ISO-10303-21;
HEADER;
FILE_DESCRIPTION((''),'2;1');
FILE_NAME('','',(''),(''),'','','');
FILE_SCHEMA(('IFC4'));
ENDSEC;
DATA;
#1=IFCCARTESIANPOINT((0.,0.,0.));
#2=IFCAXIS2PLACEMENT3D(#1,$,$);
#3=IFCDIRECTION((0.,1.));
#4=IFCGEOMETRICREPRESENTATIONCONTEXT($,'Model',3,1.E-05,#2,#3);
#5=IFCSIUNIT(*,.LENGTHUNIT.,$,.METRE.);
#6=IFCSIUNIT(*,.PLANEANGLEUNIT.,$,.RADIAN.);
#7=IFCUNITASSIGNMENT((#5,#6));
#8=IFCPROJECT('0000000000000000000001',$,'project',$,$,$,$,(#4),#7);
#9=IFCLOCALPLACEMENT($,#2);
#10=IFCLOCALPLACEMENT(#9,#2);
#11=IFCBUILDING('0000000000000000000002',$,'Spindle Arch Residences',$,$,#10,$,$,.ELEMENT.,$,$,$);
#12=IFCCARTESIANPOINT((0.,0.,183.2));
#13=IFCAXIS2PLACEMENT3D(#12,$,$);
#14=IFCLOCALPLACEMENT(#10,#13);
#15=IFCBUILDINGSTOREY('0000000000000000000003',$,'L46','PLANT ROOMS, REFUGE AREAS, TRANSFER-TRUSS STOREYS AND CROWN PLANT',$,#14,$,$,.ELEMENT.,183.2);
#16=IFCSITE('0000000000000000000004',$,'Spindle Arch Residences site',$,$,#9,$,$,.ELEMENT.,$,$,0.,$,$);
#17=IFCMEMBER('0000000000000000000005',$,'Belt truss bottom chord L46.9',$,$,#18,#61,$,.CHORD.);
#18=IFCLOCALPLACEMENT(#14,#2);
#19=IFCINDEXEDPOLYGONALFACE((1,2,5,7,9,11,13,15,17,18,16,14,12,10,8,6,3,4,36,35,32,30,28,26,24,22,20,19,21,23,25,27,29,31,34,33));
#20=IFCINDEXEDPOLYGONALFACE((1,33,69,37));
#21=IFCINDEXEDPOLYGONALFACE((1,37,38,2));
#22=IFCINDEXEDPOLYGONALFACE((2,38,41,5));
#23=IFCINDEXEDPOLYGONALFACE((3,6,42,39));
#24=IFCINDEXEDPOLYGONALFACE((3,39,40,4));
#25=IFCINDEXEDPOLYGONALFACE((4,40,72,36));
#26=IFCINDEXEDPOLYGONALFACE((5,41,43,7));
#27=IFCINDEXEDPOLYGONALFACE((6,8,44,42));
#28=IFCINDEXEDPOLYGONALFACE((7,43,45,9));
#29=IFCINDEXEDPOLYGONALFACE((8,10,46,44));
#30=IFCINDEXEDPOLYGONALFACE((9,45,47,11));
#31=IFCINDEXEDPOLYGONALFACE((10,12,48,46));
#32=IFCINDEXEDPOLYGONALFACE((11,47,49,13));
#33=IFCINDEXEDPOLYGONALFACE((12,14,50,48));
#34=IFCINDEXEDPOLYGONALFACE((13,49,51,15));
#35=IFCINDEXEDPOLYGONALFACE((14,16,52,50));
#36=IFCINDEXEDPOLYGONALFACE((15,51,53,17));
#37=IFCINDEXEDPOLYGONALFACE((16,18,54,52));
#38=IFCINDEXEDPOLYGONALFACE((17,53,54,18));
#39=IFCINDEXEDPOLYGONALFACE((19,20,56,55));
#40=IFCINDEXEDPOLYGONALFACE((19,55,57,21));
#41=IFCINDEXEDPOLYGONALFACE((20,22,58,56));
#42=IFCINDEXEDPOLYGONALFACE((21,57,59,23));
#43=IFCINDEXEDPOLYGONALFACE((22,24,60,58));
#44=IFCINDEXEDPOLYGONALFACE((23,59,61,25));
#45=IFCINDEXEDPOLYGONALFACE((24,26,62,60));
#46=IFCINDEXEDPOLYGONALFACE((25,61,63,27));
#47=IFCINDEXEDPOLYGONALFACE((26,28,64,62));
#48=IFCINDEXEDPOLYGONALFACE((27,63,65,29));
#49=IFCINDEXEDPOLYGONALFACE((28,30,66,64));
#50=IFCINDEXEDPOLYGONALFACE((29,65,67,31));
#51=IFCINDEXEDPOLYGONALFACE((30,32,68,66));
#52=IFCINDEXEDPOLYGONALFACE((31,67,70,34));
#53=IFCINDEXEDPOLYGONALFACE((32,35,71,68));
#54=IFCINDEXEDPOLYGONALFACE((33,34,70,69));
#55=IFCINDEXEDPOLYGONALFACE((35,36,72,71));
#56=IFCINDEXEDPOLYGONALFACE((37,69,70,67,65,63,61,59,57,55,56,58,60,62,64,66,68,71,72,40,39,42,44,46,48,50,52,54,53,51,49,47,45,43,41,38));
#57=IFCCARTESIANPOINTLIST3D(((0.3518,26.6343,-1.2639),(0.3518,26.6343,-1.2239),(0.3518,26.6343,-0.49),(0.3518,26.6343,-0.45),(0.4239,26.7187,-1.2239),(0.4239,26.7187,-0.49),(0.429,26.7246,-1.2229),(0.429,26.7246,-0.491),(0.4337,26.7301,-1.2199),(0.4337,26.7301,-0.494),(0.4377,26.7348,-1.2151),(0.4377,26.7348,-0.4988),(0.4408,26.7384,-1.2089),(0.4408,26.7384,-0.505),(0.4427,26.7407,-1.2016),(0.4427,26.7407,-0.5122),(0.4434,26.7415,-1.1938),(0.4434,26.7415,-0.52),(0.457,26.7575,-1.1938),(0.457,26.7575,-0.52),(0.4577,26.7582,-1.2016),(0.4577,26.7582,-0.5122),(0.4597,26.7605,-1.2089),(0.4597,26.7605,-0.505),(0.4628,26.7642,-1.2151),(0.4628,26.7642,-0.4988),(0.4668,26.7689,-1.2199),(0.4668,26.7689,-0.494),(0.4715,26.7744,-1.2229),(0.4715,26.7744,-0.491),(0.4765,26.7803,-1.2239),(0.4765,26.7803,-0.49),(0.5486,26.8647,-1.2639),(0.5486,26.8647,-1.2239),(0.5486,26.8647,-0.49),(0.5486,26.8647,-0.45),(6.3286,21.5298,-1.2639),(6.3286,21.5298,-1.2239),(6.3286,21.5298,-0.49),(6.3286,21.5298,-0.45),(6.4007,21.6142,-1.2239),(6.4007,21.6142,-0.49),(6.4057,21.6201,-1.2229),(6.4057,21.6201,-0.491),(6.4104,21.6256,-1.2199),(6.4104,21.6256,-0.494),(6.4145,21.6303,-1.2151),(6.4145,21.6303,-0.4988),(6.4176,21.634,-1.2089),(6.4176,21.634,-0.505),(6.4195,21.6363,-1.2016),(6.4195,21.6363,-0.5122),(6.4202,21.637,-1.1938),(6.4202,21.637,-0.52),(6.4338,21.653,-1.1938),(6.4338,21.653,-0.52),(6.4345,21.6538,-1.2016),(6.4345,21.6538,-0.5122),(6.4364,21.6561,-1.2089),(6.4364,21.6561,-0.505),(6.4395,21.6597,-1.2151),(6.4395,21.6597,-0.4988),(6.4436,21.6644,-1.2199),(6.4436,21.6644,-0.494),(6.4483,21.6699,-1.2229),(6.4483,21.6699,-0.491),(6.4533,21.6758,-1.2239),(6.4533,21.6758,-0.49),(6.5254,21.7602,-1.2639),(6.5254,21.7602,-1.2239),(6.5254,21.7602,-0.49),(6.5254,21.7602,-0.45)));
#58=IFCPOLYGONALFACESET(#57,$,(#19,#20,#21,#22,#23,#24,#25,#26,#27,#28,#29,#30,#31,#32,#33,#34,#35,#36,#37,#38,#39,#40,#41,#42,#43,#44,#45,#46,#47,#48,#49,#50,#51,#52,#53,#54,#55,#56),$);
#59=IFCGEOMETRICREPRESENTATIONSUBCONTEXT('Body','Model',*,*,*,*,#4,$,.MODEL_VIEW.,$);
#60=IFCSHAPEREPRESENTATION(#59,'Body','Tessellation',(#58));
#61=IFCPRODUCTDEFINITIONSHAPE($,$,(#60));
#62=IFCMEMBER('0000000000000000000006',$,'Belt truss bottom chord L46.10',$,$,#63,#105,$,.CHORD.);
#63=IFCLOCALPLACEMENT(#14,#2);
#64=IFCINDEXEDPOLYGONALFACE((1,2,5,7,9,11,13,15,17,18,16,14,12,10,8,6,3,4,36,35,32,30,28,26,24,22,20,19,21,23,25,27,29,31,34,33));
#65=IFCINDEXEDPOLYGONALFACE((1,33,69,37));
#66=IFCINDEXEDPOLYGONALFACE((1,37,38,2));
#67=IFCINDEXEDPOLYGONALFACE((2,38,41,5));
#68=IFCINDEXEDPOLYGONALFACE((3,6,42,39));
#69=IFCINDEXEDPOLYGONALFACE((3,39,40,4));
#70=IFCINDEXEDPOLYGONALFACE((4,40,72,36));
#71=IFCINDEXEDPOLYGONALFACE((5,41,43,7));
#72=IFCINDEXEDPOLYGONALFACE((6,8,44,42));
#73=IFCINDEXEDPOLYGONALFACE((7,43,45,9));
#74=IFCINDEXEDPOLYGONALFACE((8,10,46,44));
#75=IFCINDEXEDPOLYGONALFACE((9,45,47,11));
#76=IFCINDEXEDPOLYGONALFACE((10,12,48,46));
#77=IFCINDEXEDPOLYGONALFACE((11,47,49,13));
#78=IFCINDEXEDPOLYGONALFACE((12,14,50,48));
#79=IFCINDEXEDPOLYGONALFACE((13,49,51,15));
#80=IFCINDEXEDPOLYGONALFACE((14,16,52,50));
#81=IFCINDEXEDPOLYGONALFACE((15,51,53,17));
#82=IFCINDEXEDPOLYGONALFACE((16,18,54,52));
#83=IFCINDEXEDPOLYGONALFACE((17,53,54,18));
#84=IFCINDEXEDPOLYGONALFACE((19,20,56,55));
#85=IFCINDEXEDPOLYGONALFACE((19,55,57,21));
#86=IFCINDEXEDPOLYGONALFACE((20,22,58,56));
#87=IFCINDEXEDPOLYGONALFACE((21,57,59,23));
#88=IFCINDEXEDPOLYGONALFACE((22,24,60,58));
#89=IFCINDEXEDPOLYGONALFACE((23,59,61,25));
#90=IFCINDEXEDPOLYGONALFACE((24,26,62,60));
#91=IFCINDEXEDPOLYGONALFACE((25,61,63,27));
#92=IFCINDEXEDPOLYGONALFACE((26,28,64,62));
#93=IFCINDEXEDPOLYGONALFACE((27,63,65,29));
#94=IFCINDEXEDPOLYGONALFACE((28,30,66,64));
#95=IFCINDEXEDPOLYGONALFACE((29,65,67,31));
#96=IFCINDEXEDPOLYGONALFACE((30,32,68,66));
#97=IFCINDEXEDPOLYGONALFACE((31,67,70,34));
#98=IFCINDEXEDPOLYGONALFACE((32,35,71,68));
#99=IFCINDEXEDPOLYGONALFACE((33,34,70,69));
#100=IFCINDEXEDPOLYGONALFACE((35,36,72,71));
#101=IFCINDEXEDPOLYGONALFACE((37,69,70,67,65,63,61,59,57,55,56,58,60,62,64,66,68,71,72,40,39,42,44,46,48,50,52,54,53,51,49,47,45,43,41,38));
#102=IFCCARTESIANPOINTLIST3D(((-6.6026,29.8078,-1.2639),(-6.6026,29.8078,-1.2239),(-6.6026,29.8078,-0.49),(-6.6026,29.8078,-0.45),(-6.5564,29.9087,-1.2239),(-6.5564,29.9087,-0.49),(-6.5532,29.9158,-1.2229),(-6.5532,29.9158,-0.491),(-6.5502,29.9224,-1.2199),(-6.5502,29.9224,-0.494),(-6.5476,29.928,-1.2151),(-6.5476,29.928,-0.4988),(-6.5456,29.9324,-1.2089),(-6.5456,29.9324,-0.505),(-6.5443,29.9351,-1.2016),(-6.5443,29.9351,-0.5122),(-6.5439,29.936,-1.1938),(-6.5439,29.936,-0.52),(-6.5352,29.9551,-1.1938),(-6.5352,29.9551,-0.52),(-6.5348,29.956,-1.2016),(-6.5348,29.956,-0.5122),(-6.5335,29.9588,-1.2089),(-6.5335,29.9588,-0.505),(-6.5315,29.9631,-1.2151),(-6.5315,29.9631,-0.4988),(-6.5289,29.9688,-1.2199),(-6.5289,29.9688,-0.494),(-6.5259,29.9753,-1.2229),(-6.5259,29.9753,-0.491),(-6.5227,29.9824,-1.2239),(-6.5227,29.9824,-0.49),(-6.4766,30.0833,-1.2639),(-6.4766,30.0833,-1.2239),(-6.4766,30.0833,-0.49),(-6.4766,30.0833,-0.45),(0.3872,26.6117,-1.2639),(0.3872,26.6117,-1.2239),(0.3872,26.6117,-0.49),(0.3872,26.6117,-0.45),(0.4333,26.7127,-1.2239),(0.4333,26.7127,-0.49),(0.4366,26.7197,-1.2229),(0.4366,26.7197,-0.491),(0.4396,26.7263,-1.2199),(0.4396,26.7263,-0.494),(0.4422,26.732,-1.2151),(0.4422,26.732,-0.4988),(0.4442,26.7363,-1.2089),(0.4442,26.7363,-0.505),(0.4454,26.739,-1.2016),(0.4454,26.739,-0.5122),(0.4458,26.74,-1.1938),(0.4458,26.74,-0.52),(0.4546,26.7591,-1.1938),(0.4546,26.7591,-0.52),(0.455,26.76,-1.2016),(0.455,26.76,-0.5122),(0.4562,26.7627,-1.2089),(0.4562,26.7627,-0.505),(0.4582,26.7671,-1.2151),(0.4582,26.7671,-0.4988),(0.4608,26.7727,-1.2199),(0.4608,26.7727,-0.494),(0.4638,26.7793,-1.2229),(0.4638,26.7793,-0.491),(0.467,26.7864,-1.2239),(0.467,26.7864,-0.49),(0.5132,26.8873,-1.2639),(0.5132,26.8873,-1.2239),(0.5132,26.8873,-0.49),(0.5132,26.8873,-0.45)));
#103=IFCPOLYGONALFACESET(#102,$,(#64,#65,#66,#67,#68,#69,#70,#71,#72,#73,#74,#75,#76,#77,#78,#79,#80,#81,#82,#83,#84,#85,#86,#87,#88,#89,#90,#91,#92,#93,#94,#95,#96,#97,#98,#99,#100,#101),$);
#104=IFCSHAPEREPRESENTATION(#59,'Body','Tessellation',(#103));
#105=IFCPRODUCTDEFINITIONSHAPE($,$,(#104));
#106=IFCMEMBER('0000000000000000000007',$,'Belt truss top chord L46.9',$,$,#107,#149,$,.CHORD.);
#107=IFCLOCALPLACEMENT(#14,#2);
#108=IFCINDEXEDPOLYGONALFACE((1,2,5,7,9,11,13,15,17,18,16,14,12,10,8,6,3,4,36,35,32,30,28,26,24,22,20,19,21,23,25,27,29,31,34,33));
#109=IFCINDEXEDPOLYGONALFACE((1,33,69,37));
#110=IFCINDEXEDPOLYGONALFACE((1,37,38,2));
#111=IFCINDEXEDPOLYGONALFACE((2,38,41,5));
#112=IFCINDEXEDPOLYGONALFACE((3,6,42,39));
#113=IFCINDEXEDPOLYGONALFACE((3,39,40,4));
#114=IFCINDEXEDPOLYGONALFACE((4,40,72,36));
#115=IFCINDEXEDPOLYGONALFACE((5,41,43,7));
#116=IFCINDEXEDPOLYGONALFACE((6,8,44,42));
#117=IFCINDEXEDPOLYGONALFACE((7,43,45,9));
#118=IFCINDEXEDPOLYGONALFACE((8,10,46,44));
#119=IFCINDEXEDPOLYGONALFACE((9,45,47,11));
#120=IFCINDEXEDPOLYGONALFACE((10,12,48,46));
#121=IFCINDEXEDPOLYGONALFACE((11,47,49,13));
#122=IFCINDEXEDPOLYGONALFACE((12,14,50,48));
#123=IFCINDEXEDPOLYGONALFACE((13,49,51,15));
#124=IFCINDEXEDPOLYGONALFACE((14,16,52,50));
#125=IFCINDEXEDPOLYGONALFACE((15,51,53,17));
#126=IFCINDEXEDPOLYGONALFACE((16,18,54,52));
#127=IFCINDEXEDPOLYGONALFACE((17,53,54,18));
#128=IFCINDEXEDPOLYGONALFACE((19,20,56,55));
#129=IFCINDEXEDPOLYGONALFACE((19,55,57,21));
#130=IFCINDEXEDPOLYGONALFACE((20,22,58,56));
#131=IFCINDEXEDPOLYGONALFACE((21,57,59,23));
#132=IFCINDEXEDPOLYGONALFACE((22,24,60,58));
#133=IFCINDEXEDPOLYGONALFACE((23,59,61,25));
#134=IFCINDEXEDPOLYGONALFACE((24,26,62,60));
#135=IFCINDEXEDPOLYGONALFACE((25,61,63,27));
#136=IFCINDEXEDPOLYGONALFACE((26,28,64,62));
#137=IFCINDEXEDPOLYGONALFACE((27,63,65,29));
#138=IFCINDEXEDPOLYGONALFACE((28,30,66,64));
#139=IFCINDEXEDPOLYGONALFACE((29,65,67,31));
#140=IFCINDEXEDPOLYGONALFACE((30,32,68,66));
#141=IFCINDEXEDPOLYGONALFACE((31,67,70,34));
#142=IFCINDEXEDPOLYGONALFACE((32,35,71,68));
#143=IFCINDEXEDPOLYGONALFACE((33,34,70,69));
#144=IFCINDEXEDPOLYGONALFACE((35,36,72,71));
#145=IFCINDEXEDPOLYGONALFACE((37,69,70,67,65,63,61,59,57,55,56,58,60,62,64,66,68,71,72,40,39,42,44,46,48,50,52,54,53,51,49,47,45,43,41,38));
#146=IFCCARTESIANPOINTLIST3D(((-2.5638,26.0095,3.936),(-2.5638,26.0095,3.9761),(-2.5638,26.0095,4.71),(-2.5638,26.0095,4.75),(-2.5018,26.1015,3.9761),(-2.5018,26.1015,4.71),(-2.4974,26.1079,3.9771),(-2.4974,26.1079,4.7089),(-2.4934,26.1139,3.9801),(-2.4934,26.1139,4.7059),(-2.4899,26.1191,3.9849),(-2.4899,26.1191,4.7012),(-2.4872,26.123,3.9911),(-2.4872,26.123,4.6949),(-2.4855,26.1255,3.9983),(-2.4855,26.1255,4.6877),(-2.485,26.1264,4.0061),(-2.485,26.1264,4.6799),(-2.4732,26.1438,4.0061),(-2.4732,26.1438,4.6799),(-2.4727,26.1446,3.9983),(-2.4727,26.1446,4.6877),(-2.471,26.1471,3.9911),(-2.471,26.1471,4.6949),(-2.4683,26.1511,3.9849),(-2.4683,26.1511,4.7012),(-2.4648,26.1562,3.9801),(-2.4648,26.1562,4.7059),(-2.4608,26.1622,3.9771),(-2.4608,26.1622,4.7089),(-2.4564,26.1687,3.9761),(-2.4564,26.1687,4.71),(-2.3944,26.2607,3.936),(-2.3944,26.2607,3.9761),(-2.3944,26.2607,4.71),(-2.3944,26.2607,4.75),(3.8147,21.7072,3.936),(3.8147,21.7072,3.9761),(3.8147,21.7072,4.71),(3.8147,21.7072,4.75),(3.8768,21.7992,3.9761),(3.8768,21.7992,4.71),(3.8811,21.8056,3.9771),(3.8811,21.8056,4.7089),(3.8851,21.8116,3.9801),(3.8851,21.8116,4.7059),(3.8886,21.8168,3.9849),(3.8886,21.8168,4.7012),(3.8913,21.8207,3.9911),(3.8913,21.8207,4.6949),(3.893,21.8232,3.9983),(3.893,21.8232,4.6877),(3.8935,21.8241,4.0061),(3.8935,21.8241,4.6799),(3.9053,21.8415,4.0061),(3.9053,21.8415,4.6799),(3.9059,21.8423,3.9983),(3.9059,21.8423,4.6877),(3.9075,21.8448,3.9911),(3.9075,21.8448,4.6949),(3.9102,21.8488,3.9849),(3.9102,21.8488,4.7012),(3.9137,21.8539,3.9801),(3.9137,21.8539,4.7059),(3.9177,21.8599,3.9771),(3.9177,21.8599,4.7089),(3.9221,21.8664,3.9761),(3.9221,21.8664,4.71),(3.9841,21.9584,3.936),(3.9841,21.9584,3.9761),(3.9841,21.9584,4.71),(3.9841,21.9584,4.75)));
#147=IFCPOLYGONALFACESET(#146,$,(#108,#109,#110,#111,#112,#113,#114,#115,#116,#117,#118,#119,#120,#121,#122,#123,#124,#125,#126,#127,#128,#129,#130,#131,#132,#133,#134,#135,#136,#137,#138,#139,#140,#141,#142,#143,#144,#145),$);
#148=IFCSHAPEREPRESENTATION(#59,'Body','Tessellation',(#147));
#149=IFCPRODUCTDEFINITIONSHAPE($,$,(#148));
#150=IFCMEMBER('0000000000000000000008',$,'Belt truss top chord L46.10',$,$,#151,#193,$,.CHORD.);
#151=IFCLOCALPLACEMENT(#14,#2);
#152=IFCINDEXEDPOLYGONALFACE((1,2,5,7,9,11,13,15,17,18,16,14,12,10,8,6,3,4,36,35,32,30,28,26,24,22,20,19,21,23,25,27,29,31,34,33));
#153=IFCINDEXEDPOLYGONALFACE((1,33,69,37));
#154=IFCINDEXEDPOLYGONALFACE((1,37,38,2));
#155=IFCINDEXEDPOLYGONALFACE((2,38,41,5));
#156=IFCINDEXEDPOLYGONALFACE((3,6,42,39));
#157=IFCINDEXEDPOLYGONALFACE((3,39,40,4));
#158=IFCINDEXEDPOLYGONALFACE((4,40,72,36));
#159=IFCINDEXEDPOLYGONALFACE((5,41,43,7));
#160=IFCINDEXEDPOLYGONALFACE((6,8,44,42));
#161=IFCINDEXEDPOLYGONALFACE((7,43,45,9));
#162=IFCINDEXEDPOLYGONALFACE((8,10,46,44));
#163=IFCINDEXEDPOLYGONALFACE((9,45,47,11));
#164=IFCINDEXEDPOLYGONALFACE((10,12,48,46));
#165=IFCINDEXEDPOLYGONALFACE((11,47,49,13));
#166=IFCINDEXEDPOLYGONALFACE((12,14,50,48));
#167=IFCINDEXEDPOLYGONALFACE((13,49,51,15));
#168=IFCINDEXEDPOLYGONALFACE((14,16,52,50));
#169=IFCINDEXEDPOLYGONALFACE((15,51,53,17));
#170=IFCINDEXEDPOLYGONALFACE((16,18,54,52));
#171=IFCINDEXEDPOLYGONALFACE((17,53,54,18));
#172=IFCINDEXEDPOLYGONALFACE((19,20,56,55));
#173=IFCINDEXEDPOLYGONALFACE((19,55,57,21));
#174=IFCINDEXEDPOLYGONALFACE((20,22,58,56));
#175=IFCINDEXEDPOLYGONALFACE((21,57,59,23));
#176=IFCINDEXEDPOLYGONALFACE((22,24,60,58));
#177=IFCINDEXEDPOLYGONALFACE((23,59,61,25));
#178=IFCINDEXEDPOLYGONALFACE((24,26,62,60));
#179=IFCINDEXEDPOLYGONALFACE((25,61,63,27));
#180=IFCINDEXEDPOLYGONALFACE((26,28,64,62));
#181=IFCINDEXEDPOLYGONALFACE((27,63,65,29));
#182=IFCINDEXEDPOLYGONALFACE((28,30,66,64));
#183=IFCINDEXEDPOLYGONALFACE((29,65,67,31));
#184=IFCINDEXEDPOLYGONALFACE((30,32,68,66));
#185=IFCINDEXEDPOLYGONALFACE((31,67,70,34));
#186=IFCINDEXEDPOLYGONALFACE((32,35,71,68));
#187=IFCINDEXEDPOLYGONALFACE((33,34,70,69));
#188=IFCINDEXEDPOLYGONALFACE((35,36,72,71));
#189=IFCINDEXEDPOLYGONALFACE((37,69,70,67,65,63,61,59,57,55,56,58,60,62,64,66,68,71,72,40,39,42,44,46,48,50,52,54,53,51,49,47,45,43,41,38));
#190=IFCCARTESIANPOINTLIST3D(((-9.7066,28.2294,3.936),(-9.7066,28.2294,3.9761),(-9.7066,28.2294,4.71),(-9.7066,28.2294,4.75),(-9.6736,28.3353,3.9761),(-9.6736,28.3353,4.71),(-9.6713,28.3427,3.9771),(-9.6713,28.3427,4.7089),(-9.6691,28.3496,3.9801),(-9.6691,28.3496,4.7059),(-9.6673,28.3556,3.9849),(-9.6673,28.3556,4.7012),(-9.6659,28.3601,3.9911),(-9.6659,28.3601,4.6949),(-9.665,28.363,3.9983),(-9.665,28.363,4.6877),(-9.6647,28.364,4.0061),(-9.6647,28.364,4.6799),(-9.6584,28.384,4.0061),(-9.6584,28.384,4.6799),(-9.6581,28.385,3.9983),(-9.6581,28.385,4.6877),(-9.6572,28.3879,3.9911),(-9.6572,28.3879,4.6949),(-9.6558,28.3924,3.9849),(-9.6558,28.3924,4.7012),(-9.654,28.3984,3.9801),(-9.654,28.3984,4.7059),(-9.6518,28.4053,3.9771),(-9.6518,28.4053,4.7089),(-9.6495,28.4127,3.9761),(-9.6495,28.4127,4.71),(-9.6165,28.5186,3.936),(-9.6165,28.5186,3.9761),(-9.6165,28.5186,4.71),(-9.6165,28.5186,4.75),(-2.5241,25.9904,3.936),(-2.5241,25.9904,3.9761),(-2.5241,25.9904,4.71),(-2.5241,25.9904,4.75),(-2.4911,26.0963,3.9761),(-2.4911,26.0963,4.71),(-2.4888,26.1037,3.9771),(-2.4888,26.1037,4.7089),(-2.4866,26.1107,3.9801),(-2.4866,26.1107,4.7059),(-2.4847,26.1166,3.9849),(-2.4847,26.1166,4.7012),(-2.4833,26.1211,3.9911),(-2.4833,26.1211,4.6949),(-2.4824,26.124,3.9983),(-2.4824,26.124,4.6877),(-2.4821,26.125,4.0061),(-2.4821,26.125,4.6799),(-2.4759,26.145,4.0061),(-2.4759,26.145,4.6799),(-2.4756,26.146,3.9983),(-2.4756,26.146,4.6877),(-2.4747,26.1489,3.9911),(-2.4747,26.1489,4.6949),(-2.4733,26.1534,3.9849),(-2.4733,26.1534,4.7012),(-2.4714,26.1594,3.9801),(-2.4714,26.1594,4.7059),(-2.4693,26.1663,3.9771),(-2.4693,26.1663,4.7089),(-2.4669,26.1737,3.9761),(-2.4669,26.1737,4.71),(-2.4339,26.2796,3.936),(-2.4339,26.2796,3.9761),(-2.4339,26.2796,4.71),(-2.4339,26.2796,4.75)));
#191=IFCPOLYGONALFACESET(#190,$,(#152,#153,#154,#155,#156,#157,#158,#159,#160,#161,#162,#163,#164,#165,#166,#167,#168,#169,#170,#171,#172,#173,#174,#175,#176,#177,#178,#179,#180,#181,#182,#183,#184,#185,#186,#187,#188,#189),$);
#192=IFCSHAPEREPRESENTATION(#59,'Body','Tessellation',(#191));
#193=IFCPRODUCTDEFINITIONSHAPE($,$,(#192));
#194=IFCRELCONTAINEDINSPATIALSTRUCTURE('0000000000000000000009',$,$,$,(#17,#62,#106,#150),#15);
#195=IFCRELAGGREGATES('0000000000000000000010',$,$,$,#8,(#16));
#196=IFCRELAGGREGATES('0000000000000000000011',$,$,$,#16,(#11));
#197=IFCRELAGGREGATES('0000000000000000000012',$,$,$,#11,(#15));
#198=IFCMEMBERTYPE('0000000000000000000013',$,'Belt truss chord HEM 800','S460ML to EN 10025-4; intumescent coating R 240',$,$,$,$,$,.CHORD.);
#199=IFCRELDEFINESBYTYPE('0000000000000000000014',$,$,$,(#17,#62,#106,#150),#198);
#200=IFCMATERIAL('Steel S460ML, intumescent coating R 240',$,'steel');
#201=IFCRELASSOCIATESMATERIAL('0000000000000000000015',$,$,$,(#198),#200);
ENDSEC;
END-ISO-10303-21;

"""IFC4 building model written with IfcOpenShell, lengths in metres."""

from ifc_helpers import new_model, si_unit, direction, frame, origin, origin_2d, place, context, subcontext, project, spatial, i_section, extrude, material, material_profile, profile_set, type_object, element, save


model = new_model("IFC4")

# Units and contexts
model_context = context("Model", 3, precision=1e-05, world=origin(), true_north=direction((0.0, 1.0)))
body_context = subcontext(model_context, "Body", "Model", "MODEL_VIEW")
ifc_project = project(units=[si_unit("LENGTHUNIT", "METRE"), si_unit("PLANEANGLEUNIT", "RADIAN")], contexts=[model_context])

# Site, building, storey
site_placement = place(None, origin())
site = spatial("IfcSite", under=ifc_project, at=site_placement, Name="Spindle Arch Residences site", CompositionType="ELEMENT", RefElevation=0.0)
building_placement = place(site_placement, origin())
building = spatial("IfcBuilding", under=site, at=building_placement, Name="Spindle Arch Residences", CompositionType="ELEMENT")
storey_placement = place(building_placement, frame((0.0, 0.0, 183.2)))
storey = spatial("IfcBuildingStorey", under=building, at=storey_placement, Name="L46", Description="PLANT ROOMS, REFUGE AREAS, TRANSFER-TRUSS STOREYS AND CROWN PLANT", CompositionType="ELEMENT", Elevation=183.2)

# Members
ifc_material_1 = material(Name="Steel S460ML, intumescent coating R 240", Category="steel")
ifc_material_profile_1 = material_profile(ifc_material_1, i_section(OverallWidth=0.303, OverallDepth=0.814, WebThickness=0.021, FlangeThickness=0.04, FilletRadius=0.03, at=origin_2d()), Name="HEM 800")
ifc_profile_set_1 = profile_set([ifc_material_profile_1], Name="Steel S460ML, intumescent coating R 240")
member_type_1 = type_object("IfcMemberType", Name="Belt truss chord HEM 800", Description="S460ML to EN 10025-4; intumescent coating R 240", PredefinedType="CHORD", material=ifc_profile_set_1)
member_1_placement = place(storey_placement, frame((6.427, 21.645, -0.8569), z_axis=(-0.760417, 0.649435, 0.0), x_axis=(-0.649435, -0.760417, 0.0)))
element("IfcMember", 1, at=member_1_placement, inside=storey, type_object=member_type_1, Name="Belt truss bottom chord L46.9", PredefinedType="CHORD", context=body_context, shape_type="SweptSolid", body=[
    extrude(i_section(OverallWidth=0.303, OverallDepth=0.814, WebThickness=0.021, FlangeThickness=0.04, FilletRadius=0.03, at=origin_2d()), origin(), (0.0, 0.0, 1.0), 7.8599),
])
member_2_placement = place(storey_placement, frame((0.4502, 26.7495, -0.8569), z_axis=(-0.909438, 0.415839, 0.0), x_axis=(-0.415839, -0.909438, 0.0)))
element("IfcMember", 2, at=member_2_placement, inside=storey, type_object=member_type_1, Name="Belt truss bottom chord L46.10", PredefinedType="CHORD", context=body_context, shape_type="SweptSolid", body=[
    extrude(i_section(OverallWidth=0.303, OverallDepth=0.814, WebThickness=0.021, FlangeThickness=0.04, FilletRadius=0.03, at=origin_2d()), origin(), (0.0, 0.0, 1.0), 7.6858),
])
member_3_placement = place(storey_placement, frame((3.8994, 21.8328, 4.343), z_axis=(-0.829041, 0.559188, 0.0), x_axis=(-0.559188, -0.829041, 0.0)))
element("IfcMember", 3, at=member_3_placement, inside=storey, type_object=member_type_1, Name="Belt truss top chord L46.9", PredefinedType="CHORD", context=body_context, shape_type="SweptSolid", body=[
    extrude(i_section(OverallWidth=0.303, OverallDepth=0.814, WebThickness=0.021, FlangeThickness=0.04, FilletRadius=0.03, at=origin_2d()), origin(), (0.0, 0.0, 1.0), 7.6938),
])
member_4_placement = place(storey_placement, frame((-2.479, 26.135, 4.343), z_axis=(-0.95469, 0.297602, 0.0), x_axis=(-0.297602, -0.95469, 0.0)))
element("IfcMember", 4, at=member_4_placement, inside=storey, type_object=member_type_1, Name="Belt truss top chord L46.10", PredefinedType="CHORD", context=body_context, shape_type="SweptSolid", body=[
    extrude(i_section(OverallWidth=0.303, OverallDepth=0.814, WebThickness=0.021, FlangeThickness=0.04, FilletRadius=0.03, at=origin_2d()), origin(), (0.0, 0.0, 1.0), 7.5234),
])

save(model, "model.ifc")
